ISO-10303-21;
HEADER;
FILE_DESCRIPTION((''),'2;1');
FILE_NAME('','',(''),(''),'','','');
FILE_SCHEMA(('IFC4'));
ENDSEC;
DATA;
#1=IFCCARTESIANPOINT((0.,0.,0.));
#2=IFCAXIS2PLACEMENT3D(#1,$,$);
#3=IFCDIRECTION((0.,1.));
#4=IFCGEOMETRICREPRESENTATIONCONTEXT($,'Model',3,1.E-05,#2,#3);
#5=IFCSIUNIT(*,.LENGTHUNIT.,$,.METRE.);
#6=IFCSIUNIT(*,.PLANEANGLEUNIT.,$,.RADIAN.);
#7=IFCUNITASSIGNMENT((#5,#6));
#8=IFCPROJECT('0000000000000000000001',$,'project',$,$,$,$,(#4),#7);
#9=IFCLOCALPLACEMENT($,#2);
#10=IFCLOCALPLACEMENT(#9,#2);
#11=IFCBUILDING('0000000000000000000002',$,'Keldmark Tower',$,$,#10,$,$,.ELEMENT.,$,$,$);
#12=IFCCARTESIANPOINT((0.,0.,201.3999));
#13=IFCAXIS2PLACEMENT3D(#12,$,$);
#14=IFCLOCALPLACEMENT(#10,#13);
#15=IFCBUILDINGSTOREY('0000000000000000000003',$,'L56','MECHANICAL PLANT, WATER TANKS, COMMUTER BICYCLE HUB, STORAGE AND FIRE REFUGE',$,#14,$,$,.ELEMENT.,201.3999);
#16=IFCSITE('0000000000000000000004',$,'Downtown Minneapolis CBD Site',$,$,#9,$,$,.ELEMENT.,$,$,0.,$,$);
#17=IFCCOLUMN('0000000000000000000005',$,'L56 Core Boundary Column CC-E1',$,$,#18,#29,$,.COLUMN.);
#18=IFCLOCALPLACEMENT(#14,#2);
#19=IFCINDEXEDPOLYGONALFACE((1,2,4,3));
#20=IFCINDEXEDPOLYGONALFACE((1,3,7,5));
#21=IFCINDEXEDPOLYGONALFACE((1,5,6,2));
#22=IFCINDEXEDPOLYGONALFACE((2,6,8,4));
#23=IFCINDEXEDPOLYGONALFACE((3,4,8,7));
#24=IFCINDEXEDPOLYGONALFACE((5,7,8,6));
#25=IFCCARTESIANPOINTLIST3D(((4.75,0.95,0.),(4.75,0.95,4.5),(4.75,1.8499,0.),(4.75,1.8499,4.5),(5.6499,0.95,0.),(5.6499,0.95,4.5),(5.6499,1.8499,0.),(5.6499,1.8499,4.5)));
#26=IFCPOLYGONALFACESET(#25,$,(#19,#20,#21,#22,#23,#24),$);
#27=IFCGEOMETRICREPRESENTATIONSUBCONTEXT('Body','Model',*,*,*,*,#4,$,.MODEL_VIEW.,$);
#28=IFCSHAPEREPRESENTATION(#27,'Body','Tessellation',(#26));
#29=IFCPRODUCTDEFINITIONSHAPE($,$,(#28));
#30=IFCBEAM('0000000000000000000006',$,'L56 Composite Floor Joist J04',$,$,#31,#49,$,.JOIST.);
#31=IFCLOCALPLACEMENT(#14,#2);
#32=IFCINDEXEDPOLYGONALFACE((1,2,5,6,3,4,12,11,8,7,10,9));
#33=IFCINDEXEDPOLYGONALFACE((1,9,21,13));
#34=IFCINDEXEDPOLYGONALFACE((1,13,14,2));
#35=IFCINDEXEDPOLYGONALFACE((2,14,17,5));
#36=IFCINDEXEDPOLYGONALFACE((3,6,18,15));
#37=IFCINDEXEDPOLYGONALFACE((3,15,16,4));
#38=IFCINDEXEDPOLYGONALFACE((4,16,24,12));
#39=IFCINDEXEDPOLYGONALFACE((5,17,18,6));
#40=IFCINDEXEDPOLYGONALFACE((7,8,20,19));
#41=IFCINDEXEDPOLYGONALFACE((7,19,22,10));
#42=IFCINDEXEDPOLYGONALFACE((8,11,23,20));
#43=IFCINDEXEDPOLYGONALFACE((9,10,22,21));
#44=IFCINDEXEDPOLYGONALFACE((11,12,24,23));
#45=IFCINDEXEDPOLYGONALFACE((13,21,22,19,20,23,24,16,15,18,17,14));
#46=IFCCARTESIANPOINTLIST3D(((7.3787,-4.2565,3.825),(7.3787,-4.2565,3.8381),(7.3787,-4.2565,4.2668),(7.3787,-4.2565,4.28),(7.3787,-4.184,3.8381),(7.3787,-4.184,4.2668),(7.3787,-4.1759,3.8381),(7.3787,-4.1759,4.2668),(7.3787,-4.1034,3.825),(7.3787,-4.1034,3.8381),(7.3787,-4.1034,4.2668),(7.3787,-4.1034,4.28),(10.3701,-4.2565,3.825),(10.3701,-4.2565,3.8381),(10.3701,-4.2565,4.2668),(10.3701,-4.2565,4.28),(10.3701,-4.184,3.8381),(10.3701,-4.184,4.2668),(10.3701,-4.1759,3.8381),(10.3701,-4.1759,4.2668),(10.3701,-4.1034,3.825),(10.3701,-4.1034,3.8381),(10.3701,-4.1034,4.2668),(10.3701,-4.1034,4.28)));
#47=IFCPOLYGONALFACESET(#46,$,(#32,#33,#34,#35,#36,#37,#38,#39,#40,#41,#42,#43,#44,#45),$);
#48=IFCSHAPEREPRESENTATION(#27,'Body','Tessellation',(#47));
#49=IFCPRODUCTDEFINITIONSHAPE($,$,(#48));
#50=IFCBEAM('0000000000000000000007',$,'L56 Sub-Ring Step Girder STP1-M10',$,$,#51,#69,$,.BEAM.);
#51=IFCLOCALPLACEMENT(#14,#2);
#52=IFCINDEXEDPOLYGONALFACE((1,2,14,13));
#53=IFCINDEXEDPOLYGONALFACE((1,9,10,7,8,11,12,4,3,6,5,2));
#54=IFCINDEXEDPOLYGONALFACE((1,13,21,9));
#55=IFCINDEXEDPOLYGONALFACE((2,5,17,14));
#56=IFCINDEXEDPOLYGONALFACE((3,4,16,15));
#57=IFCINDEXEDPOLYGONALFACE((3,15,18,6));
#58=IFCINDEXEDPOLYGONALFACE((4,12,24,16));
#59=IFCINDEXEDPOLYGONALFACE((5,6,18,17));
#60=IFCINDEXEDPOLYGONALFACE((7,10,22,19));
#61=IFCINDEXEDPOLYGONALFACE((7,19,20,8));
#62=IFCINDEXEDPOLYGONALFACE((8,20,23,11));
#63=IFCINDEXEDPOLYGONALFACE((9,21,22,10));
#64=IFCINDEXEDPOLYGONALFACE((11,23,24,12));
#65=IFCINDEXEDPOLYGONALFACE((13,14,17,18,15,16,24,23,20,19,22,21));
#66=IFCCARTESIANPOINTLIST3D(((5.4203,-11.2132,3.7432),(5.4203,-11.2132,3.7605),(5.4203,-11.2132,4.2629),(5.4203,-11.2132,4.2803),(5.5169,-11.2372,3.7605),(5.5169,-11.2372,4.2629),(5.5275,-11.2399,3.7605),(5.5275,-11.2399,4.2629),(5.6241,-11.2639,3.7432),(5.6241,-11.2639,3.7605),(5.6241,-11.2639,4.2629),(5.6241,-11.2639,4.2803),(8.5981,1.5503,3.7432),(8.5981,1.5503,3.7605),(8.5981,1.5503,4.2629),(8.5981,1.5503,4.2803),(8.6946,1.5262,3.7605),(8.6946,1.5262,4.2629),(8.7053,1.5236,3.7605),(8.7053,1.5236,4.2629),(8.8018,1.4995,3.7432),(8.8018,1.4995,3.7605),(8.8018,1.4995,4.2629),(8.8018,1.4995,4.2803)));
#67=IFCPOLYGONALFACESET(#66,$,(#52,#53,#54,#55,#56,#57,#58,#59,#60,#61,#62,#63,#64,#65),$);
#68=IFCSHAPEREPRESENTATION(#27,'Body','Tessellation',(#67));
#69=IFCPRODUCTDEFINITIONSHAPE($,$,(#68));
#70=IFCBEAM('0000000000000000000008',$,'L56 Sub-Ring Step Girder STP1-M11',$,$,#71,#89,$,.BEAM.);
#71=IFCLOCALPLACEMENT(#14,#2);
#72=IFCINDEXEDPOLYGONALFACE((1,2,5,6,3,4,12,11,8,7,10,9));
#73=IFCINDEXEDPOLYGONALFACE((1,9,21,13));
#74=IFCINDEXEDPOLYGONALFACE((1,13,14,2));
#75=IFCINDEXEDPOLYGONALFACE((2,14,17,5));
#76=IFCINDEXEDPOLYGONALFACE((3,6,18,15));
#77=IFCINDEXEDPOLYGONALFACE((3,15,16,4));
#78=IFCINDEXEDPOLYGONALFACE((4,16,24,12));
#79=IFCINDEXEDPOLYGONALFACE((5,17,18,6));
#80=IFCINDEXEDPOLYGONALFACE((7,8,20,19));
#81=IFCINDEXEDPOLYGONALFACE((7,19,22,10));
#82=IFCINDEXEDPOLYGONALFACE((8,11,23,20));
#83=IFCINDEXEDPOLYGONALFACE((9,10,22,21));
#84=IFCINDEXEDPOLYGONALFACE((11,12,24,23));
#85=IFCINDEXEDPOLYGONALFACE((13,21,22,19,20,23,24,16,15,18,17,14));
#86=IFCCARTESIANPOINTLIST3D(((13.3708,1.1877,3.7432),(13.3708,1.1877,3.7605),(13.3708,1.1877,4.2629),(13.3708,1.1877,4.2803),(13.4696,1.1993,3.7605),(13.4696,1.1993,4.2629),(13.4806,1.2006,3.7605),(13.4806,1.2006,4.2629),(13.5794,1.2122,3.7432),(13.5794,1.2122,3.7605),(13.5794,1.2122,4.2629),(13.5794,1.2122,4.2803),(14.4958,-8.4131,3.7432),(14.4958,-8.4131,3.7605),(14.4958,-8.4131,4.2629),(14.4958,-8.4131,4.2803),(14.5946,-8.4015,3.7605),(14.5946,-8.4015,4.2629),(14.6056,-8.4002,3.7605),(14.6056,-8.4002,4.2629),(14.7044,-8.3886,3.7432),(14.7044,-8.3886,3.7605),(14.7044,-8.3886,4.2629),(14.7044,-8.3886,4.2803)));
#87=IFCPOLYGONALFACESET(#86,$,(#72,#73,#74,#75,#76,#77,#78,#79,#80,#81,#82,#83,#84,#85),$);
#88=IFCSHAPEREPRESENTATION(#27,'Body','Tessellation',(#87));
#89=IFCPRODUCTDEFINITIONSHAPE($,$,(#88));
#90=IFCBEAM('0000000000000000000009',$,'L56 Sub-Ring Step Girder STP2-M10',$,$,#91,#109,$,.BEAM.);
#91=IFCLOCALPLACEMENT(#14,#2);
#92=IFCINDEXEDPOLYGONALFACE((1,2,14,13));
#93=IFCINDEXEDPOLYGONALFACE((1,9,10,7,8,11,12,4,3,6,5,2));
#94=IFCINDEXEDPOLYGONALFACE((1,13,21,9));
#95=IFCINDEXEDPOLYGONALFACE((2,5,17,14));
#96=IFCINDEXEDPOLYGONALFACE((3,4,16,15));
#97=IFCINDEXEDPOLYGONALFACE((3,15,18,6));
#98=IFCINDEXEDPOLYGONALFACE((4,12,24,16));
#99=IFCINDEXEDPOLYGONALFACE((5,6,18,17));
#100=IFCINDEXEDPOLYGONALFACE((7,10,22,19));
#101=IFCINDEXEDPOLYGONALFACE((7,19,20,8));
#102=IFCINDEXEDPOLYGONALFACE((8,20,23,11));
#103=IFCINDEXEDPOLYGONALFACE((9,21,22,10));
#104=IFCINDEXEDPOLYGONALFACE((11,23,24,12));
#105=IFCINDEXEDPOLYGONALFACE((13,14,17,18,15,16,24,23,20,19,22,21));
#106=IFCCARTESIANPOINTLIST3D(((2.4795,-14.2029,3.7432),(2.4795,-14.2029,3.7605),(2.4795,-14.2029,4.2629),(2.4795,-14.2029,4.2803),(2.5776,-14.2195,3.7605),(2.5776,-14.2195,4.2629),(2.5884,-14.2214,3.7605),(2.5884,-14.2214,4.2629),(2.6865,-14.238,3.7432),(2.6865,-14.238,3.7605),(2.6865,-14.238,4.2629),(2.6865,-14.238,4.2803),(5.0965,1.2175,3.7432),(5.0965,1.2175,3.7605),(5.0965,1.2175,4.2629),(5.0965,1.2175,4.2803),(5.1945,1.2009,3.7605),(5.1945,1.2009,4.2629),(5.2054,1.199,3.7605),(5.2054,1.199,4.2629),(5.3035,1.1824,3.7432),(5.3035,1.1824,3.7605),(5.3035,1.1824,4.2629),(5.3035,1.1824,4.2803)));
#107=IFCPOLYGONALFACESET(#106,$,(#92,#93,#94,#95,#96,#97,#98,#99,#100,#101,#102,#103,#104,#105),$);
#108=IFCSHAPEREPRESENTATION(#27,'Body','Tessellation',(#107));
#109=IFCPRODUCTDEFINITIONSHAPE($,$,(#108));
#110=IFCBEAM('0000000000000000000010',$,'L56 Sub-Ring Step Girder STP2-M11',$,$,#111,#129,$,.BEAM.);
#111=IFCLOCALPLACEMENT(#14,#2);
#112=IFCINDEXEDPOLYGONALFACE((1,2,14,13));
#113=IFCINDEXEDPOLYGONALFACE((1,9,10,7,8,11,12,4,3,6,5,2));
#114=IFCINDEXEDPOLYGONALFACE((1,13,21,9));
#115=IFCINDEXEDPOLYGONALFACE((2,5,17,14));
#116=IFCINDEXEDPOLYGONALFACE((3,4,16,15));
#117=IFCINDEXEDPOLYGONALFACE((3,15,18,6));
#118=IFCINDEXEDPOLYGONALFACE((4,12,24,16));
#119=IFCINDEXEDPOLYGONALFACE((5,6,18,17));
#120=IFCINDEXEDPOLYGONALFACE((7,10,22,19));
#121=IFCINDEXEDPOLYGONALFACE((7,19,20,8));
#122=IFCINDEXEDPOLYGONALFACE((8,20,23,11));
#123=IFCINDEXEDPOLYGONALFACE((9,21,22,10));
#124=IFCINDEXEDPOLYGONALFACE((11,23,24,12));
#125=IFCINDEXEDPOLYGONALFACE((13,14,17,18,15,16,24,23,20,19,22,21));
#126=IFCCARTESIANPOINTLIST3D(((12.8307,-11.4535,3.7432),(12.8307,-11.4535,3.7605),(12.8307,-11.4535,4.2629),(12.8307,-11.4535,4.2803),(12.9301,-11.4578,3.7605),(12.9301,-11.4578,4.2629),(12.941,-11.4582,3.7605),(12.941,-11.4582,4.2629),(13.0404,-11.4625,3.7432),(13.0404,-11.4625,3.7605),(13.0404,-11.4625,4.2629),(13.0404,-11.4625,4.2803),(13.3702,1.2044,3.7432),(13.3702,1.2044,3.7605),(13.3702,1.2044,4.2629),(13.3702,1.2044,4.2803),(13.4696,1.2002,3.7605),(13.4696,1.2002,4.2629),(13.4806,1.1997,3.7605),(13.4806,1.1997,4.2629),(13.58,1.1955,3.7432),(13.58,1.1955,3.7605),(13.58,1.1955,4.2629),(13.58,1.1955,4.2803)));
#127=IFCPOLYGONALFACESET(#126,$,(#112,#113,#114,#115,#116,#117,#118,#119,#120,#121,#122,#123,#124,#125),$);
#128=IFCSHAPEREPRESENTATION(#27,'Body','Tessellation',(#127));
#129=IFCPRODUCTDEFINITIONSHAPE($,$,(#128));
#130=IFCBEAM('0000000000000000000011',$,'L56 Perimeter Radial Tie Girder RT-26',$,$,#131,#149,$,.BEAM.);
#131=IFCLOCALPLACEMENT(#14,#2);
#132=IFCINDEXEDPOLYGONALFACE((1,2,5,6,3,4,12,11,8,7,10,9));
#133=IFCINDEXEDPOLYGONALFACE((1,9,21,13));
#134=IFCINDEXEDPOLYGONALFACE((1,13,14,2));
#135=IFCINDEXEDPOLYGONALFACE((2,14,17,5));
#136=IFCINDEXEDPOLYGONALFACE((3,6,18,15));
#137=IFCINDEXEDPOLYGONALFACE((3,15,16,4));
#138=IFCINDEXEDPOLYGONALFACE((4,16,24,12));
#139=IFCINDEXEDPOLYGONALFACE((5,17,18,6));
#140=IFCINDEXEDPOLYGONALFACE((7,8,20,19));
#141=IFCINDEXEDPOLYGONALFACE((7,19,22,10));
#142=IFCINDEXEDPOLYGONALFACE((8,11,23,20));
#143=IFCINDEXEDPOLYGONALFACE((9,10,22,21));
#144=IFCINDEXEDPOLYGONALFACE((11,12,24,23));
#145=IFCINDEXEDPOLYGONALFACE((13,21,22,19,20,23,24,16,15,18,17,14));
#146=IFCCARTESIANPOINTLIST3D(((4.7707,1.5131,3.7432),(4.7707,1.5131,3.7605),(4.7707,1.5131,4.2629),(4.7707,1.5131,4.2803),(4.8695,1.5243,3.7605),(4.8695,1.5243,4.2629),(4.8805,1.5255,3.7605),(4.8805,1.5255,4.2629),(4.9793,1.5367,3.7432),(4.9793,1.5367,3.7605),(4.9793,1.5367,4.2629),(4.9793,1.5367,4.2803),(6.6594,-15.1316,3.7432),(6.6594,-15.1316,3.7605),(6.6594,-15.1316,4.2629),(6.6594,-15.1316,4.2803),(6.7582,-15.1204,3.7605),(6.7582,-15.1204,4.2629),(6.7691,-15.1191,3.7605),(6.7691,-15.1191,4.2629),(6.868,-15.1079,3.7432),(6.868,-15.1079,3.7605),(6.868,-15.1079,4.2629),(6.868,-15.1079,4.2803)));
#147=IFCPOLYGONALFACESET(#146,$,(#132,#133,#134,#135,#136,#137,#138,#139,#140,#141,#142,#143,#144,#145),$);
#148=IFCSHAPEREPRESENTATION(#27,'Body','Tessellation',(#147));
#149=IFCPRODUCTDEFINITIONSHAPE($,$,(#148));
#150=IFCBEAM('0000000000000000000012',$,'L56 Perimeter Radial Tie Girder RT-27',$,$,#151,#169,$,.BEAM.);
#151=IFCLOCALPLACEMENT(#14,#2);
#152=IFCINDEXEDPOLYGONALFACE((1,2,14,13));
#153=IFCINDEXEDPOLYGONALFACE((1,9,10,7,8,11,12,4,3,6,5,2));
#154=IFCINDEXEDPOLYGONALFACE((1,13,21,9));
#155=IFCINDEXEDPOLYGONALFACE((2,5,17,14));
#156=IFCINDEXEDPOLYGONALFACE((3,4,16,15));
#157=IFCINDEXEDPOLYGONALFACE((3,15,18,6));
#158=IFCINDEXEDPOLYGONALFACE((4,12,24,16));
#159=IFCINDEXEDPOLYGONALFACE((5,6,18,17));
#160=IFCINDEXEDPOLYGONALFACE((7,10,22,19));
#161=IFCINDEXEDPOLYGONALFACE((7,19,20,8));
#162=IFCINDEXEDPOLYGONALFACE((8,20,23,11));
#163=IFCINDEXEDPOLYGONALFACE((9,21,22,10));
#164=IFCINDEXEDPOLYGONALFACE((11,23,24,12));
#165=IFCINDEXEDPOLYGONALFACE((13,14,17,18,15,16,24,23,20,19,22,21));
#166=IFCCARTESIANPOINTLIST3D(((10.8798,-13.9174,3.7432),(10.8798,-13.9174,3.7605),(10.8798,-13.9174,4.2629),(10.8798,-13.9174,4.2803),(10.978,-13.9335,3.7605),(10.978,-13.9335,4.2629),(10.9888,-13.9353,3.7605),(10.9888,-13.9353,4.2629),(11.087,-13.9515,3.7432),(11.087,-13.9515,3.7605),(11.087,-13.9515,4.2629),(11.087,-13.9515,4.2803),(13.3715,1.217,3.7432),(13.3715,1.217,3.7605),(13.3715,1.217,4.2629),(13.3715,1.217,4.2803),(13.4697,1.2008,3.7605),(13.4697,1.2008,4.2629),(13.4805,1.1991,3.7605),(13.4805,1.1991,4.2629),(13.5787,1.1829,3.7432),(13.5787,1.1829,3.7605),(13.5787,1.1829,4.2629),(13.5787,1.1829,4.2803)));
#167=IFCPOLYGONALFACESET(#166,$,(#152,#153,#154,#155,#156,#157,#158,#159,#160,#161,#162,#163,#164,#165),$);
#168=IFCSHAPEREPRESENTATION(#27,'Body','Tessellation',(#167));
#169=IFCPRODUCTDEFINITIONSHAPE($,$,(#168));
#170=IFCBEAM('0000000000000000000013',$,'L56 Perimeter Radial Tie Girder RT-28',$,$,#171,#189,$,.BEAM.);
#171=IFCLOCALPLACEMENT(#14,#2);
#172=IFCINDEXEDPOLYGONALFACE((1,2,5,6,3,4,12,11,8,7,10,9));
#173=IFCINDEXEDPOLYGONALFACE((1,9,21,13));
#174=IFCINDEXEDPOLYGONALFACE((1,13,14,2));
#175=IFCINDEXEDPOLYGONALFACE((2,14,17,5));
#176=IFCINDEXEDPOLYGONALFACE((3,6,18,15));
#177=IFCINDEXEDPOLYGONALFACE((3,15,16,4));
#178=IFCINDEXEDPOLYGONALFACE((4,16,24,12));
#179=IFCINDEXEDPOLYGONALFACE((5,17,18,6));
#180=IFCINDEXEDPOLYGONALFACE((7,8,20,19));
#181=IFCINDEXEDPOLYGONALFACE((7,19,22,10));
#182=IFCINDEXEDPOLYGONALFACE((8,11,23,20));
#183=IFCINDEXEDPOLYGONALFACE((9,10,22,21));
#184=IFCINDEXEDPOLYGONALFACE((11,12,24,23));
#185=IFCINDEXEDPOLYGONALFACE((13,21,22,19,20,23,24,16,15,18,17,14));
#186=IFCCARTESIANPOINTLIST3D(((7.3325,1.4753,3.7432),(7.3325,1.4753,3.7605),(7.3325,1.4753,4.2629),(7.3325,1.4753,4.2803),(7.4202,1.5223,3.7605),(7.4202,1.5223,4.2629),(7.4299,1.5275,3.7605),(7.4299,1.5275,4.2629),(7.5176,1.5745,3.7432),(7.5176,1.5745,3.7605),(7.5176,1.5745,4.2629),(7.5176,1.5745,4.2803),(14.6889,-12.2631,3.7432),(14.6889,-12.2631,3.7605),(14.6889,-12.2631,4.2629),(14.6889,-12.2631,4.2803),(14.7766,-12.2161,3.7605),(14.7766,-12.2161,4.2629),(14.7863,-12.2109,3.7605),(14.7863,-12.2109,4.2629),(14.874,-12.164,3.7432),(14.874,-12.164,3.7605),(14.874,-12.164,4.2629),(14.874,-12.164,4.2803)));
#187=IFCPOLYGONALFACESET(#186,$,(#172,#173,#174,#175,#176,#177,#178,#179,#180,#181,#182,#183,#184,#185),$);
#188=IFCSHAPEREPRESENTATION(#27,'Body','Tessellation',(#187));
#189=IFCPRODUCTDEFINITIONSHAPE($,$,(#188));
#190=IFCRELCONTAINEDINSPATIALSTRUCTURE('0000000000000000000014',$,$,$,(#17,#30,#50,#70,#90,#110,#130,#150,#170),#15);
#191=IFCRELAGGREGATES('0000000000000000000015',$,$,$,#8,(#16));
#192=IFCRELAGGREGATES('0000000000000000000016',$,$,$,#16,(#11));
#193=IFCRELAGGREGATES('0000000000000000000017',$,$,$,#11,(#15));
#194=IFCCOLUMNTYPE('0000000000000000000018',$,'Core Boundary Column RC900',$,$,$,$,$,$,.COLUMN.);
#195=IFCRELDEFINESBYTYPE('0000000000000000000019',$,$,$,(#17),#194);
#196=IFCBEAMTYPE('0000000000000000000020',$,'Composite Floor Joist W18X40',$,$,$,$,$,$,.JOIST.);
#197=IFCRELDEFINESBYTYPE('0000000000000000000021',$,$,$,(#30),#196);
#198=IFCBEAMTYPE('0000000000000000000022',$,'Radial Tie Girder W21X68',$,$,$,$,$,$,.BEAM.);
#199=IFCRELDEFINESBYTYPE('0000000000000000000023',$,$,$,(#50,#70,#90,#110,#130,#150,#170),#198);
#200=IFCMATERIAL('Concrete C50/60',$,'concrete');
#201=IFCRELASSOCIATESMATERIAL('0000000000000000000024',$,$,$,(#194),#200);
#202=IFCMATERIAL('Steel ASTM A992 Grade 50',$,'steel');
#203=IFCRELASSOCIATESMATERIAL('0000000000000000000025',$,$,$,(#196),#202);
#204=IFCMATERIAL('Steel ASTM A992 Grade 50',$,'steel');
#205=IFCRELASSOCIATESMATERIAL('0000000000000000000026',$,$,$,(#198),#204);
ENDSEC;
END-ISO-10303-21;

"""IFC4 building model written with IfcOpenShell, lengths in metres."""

from ifc_helpers import new_model, si_unit, direction, frame, origin, origin_2d, place, context, subcontext, project, spatial, rectangle, i_section, extrude, material, material_profile, profile_set, type_object, element, save


model = new_model("IFC4")

# Units and contexts
model_context = context("Model", 3, precision=1e-05, world=origin(), true_north=direction((0.0, 1.0)))
body_context = subcontext(model_context, "Body", "Model", "MODEL_VIEW")
ifc_project = project(units=[si_unit("LENGTHUNIT", "METRE"), si_unit("PLANEANGLEUNIT", "RADIAN")], contexts=[model_context])

# Site, building, storey
site_placement = place(None, origin())
site = spatial("IfcSite", under=ifc_project, at=site_placement, Name="Downtown Minneapolis CBD Site", CompositionType="ELEMENT", RefElevation=0.0)
building_placement = place(site_placement, origin())
building = spatial("IfcBuilding", under=site, at=building_placement, Name="Keldmark Tower", CompositionType="ELEMENT")
storey_placement = place(building_placement, frame((0.0, 0.0, 201.3999)))
storey = spatial("IfcBuildingStorey", under=building, at=storey_placement, Name="L56", Description="MECHANICAL PLANT, WATER TANKS, COMMUTER BICYCLE HUB, STORAGE AND FIRE REFUGE", CompositionType="ELEMENT", Elevation=201.3999)

# Column
ifc_material_1 = material(Name="Concrete C50/60", Category="concrete")
ifc_material_profile_1 = material_profile(ifc_material_1, rectangle(XDim=0.8999, YDim=0.8999, at=origin_2d()), Name="RC900X900")
ifc_profile_set_1 = profile_set([ifc_material_profile_1], Name="Concrete C50/60")
column_type = type_object("IfcColumnType", Name="Core Boundary Column RC900", PredefinedType="COLUMN", material=ifc_profile_set_1)
column_placement = place(storey_placement, frame((5.2, 1.3999, 0.0), z_axis=(0.0, 0.0, 1.0), x_axis=(1.0, 0.0, 0.0)))
element("IfcColumn", 1, at=column_placement, inside=storey, type_object=column_type, Name="L56 Core Boundary Column CC-E1", PredefinedType="COLUMN", context=body_context, shape_type="SweptSolid", body=[
    extrude(rectangle(XDim=0.8999, YDim=0.8999, at=origin_2d()), origin(), (0.0, 0.0, 1.0), 4.5),
])

# Beams
ifc_material_2 = material(Name="Steel ASTM A992 Grade 50", Category="steel")
ifc_material_profile_2 = material_profile(ifc_material_2, i_section(OverallWidth=0.1531, OverallDepth=0.4551, WebThickness=0.0081, FlangeThickness=0.0132, at=origin_2d()), Name="W18X40")
ifc_profile_set_2 = profile_set([ifc_material_profile_2], Name="Steel ASTM A992 Grade 50")
beam_type_1 = type_object("IfcBeamType", Name="Composite Floor Joist W18X40", PredefinedType="JOIST", material=ifc_profile_set_2)
beam_1_placement = place(storey_placement, frame((7.3787, -4.1799, 4.0525), z_axis=(1.0, 0.0, 0.0), x_axis=(0.0, 1.0, 0.0)))
element("IfcBeam", 2, at=beam_1_placement, inside=storey, type_object=beam_type_1, Name="L56 Composite Floor Joist J04", PredefinedType="JOIST", context=body_context, shape_type="SweptSolid", body=[
    extrude(i_section(OverallWidth=0.1531, OverallDepth=0.4551, WebThickness=0.0081, FlangeThickness=0.0132, at=origin_2d()), origin(), (0.0, 0.0, 1.0), 2.9915),
])
ifc_material_3 = material(Name="Steel ASTM A992 Grade 50", Category="steel")
ifc_material_profile_3 = material_profile(ifc_material_3, i_section(OverallWidth=0.21, OverallDepth=0.5371, WebThickness=0.011, FlangeThickness=0.0173, at=origin_2d()), Name="W21X68")
ifc_profile_set_3 = profile_set([ifc_material_profile_3], Name="Steel ASTM A992 Grade 50")
beam_type_2 = type_object("IfcBeamType", Name="Radial Tie Girder W21X68", PredefinedType="BEAM", material=ifc_profile_set_3)
beam_2_placement = place(storey_placement, frame((8.7, 1.5249, 4.0117), z_axis=(-0.241597, -0.970377, 0.0), x_axis=(0.970377, -0.241597, 0.0)))
element("IfcBeam", 3, at=beam_2_placement, inside=storey, type_object=beam_type_2, Name="L56 Sub-Ring Step Girder STP1-M10", PredefinedType="BEAM", context=body_context, shape_type="SweptSolid", body=[
    extrude(i_section(OverallWidth=0.21, OverallDepth=0.5371, WebThickness=0.011, FlangeThickness=0.0173, at=origin_2d()), origin(), (0.0, 0.0, 1.0), 13.1531),
])
beam_3_placement = place(storey_placement, frame((13.4751, 1.2, 4.0117), z_axis=(0.116381, -0.993205, 0.0), x_axis=(0.993205, 0.116381, 0.0)))
element("IfcBeam", 4, at=beam_3_placement, inside=storey, type_object=beam_type_2, Name="L56 Sub-Ring Step Girder STP1-M11", PredefinedType="BEAM", context=body_context, shape_type="SweptSolid", body=[
    extrude(i_section(OverallWidth=0.21, OverallDepth=0.5371, WebThickness=0.011, FlangeThickness=0.0173, at=origin_2d()), origin(), (0.0, 0.0, 1.0), 9.6665),
])
beam_4_placement = place(storey_placement, frame((5.2, 1.2, 4.0117), z_axis=(-0.167314, -0.985904, 0.0), x_axis=(0.985904, -0.167314, 0.0)))
element("IfcBeam", 5, at=beam_4_placement, inside=storey, type_object=beam_type_2, Name="L56 Sub-Ring Step Girder STP2-M10", PredefinedType="BEAM", context=body_context, shape_type="SweptSolid", body=[
    extrude(i_section(OverallWidth=0.21, OverallDepth=0.5371, WebThickness=0.011, FlangeThickness=0.0173, at=origin_2d()), origin(), (0.0, 0.0, 1.0), 15.6409),
])
beam_5_placement = place(storey_placement, frame((13.4751, 1.2, 4.0117), z_axis=(-0.042587, -0.999093, 0.0), x_axis=(0.999093, -0.042587, 0.0)))
element("IfcBeam", 6, at=beam_5_placement, inside=storey, type_object=beam_type_2, Name="L56 Sub-Ring Step Girder STP2-M11", PredefinedType="BEAM", context=body_context, shape_type="SweptSolid", body=[
    extrude(i_section(OverallWidth=0.21, OverallDepth=0.5371, WebThickness=0.011, FlangeThickness=0.0173, at=origin_2d()), origin(), (0.0, 0.0, 1.0), 12.6694),
])
beam_6_placement = place(storey_placement, frame((4.875, 1.5249, 4.0117), z_axis=(0.112747, -0.993624, 0.0), x_axis=(0.993624, 0.112747, 0.0)))
element("IfcBeam", 7, at=beam_6_placement, inside=storey, type_object=beam_type_2, Name="L56 Perimeter Radial Tie Girder RT-26", PredefinedType="BEAM", context=body_context, shape_type="SweptSolid", body=[
    extrude(i_section(OverallWidth=0.21, OverallDepth=0.5371, WebThickness=0.011, FlangeThickness=0.0173, at=origin_2d()), origin(), (0.0, 0.0, 1.0), 16.7515),
])
beam_7_placement = place(storey_placement, frame((13.4751, 1.2, 4.0117), z_axis=(-0.162452, -0.986716, 0.0), x_axis=(0.986716, -0.162452, 0.0)))
element("IfcBeam", 8, at=beam_7_placement, inside=storey, type_object=beam_type_2, Name="L56 Perimeter Radial Tie Girder RT-27", PredefinedType="BEAM", context=body_context, shape_type="SweptSolid", body=[
    extrude(i_section(OverallWidth=0.21, OverallDepth=0.5371, WebThickness=0.011, FlangeThickness=0.0173, at=origin_2d()), origin(), (0.0, 0.0, 1.0), 15.3381),
])
beam_8_placement = place(storey_placement, frame((7.425, 1.5249, 4.0117), z_axis=(0.472048, -0.881573, 0.0), x_axis=(0.881573, 0.472048, 0.0)))
element("IfcBeam", 9, at=beam_8_placement, inside=storey, type_object=beam_type_2, Name="L56 Perimeter Radial Tie Girder RT-28", PredefinedType="BEAM", context=body_context, shape_type="SweptSolid", body=[
    extrude(i_section(OverallWidth=0.21, OverallDepth=0.5371, WebThickness=0.011, FlangeThickness=0.0173, at=origin_2d()), origin(), (0.0, 0.0, 1.0), 15.584),
])

save(model, "model.ifc")
